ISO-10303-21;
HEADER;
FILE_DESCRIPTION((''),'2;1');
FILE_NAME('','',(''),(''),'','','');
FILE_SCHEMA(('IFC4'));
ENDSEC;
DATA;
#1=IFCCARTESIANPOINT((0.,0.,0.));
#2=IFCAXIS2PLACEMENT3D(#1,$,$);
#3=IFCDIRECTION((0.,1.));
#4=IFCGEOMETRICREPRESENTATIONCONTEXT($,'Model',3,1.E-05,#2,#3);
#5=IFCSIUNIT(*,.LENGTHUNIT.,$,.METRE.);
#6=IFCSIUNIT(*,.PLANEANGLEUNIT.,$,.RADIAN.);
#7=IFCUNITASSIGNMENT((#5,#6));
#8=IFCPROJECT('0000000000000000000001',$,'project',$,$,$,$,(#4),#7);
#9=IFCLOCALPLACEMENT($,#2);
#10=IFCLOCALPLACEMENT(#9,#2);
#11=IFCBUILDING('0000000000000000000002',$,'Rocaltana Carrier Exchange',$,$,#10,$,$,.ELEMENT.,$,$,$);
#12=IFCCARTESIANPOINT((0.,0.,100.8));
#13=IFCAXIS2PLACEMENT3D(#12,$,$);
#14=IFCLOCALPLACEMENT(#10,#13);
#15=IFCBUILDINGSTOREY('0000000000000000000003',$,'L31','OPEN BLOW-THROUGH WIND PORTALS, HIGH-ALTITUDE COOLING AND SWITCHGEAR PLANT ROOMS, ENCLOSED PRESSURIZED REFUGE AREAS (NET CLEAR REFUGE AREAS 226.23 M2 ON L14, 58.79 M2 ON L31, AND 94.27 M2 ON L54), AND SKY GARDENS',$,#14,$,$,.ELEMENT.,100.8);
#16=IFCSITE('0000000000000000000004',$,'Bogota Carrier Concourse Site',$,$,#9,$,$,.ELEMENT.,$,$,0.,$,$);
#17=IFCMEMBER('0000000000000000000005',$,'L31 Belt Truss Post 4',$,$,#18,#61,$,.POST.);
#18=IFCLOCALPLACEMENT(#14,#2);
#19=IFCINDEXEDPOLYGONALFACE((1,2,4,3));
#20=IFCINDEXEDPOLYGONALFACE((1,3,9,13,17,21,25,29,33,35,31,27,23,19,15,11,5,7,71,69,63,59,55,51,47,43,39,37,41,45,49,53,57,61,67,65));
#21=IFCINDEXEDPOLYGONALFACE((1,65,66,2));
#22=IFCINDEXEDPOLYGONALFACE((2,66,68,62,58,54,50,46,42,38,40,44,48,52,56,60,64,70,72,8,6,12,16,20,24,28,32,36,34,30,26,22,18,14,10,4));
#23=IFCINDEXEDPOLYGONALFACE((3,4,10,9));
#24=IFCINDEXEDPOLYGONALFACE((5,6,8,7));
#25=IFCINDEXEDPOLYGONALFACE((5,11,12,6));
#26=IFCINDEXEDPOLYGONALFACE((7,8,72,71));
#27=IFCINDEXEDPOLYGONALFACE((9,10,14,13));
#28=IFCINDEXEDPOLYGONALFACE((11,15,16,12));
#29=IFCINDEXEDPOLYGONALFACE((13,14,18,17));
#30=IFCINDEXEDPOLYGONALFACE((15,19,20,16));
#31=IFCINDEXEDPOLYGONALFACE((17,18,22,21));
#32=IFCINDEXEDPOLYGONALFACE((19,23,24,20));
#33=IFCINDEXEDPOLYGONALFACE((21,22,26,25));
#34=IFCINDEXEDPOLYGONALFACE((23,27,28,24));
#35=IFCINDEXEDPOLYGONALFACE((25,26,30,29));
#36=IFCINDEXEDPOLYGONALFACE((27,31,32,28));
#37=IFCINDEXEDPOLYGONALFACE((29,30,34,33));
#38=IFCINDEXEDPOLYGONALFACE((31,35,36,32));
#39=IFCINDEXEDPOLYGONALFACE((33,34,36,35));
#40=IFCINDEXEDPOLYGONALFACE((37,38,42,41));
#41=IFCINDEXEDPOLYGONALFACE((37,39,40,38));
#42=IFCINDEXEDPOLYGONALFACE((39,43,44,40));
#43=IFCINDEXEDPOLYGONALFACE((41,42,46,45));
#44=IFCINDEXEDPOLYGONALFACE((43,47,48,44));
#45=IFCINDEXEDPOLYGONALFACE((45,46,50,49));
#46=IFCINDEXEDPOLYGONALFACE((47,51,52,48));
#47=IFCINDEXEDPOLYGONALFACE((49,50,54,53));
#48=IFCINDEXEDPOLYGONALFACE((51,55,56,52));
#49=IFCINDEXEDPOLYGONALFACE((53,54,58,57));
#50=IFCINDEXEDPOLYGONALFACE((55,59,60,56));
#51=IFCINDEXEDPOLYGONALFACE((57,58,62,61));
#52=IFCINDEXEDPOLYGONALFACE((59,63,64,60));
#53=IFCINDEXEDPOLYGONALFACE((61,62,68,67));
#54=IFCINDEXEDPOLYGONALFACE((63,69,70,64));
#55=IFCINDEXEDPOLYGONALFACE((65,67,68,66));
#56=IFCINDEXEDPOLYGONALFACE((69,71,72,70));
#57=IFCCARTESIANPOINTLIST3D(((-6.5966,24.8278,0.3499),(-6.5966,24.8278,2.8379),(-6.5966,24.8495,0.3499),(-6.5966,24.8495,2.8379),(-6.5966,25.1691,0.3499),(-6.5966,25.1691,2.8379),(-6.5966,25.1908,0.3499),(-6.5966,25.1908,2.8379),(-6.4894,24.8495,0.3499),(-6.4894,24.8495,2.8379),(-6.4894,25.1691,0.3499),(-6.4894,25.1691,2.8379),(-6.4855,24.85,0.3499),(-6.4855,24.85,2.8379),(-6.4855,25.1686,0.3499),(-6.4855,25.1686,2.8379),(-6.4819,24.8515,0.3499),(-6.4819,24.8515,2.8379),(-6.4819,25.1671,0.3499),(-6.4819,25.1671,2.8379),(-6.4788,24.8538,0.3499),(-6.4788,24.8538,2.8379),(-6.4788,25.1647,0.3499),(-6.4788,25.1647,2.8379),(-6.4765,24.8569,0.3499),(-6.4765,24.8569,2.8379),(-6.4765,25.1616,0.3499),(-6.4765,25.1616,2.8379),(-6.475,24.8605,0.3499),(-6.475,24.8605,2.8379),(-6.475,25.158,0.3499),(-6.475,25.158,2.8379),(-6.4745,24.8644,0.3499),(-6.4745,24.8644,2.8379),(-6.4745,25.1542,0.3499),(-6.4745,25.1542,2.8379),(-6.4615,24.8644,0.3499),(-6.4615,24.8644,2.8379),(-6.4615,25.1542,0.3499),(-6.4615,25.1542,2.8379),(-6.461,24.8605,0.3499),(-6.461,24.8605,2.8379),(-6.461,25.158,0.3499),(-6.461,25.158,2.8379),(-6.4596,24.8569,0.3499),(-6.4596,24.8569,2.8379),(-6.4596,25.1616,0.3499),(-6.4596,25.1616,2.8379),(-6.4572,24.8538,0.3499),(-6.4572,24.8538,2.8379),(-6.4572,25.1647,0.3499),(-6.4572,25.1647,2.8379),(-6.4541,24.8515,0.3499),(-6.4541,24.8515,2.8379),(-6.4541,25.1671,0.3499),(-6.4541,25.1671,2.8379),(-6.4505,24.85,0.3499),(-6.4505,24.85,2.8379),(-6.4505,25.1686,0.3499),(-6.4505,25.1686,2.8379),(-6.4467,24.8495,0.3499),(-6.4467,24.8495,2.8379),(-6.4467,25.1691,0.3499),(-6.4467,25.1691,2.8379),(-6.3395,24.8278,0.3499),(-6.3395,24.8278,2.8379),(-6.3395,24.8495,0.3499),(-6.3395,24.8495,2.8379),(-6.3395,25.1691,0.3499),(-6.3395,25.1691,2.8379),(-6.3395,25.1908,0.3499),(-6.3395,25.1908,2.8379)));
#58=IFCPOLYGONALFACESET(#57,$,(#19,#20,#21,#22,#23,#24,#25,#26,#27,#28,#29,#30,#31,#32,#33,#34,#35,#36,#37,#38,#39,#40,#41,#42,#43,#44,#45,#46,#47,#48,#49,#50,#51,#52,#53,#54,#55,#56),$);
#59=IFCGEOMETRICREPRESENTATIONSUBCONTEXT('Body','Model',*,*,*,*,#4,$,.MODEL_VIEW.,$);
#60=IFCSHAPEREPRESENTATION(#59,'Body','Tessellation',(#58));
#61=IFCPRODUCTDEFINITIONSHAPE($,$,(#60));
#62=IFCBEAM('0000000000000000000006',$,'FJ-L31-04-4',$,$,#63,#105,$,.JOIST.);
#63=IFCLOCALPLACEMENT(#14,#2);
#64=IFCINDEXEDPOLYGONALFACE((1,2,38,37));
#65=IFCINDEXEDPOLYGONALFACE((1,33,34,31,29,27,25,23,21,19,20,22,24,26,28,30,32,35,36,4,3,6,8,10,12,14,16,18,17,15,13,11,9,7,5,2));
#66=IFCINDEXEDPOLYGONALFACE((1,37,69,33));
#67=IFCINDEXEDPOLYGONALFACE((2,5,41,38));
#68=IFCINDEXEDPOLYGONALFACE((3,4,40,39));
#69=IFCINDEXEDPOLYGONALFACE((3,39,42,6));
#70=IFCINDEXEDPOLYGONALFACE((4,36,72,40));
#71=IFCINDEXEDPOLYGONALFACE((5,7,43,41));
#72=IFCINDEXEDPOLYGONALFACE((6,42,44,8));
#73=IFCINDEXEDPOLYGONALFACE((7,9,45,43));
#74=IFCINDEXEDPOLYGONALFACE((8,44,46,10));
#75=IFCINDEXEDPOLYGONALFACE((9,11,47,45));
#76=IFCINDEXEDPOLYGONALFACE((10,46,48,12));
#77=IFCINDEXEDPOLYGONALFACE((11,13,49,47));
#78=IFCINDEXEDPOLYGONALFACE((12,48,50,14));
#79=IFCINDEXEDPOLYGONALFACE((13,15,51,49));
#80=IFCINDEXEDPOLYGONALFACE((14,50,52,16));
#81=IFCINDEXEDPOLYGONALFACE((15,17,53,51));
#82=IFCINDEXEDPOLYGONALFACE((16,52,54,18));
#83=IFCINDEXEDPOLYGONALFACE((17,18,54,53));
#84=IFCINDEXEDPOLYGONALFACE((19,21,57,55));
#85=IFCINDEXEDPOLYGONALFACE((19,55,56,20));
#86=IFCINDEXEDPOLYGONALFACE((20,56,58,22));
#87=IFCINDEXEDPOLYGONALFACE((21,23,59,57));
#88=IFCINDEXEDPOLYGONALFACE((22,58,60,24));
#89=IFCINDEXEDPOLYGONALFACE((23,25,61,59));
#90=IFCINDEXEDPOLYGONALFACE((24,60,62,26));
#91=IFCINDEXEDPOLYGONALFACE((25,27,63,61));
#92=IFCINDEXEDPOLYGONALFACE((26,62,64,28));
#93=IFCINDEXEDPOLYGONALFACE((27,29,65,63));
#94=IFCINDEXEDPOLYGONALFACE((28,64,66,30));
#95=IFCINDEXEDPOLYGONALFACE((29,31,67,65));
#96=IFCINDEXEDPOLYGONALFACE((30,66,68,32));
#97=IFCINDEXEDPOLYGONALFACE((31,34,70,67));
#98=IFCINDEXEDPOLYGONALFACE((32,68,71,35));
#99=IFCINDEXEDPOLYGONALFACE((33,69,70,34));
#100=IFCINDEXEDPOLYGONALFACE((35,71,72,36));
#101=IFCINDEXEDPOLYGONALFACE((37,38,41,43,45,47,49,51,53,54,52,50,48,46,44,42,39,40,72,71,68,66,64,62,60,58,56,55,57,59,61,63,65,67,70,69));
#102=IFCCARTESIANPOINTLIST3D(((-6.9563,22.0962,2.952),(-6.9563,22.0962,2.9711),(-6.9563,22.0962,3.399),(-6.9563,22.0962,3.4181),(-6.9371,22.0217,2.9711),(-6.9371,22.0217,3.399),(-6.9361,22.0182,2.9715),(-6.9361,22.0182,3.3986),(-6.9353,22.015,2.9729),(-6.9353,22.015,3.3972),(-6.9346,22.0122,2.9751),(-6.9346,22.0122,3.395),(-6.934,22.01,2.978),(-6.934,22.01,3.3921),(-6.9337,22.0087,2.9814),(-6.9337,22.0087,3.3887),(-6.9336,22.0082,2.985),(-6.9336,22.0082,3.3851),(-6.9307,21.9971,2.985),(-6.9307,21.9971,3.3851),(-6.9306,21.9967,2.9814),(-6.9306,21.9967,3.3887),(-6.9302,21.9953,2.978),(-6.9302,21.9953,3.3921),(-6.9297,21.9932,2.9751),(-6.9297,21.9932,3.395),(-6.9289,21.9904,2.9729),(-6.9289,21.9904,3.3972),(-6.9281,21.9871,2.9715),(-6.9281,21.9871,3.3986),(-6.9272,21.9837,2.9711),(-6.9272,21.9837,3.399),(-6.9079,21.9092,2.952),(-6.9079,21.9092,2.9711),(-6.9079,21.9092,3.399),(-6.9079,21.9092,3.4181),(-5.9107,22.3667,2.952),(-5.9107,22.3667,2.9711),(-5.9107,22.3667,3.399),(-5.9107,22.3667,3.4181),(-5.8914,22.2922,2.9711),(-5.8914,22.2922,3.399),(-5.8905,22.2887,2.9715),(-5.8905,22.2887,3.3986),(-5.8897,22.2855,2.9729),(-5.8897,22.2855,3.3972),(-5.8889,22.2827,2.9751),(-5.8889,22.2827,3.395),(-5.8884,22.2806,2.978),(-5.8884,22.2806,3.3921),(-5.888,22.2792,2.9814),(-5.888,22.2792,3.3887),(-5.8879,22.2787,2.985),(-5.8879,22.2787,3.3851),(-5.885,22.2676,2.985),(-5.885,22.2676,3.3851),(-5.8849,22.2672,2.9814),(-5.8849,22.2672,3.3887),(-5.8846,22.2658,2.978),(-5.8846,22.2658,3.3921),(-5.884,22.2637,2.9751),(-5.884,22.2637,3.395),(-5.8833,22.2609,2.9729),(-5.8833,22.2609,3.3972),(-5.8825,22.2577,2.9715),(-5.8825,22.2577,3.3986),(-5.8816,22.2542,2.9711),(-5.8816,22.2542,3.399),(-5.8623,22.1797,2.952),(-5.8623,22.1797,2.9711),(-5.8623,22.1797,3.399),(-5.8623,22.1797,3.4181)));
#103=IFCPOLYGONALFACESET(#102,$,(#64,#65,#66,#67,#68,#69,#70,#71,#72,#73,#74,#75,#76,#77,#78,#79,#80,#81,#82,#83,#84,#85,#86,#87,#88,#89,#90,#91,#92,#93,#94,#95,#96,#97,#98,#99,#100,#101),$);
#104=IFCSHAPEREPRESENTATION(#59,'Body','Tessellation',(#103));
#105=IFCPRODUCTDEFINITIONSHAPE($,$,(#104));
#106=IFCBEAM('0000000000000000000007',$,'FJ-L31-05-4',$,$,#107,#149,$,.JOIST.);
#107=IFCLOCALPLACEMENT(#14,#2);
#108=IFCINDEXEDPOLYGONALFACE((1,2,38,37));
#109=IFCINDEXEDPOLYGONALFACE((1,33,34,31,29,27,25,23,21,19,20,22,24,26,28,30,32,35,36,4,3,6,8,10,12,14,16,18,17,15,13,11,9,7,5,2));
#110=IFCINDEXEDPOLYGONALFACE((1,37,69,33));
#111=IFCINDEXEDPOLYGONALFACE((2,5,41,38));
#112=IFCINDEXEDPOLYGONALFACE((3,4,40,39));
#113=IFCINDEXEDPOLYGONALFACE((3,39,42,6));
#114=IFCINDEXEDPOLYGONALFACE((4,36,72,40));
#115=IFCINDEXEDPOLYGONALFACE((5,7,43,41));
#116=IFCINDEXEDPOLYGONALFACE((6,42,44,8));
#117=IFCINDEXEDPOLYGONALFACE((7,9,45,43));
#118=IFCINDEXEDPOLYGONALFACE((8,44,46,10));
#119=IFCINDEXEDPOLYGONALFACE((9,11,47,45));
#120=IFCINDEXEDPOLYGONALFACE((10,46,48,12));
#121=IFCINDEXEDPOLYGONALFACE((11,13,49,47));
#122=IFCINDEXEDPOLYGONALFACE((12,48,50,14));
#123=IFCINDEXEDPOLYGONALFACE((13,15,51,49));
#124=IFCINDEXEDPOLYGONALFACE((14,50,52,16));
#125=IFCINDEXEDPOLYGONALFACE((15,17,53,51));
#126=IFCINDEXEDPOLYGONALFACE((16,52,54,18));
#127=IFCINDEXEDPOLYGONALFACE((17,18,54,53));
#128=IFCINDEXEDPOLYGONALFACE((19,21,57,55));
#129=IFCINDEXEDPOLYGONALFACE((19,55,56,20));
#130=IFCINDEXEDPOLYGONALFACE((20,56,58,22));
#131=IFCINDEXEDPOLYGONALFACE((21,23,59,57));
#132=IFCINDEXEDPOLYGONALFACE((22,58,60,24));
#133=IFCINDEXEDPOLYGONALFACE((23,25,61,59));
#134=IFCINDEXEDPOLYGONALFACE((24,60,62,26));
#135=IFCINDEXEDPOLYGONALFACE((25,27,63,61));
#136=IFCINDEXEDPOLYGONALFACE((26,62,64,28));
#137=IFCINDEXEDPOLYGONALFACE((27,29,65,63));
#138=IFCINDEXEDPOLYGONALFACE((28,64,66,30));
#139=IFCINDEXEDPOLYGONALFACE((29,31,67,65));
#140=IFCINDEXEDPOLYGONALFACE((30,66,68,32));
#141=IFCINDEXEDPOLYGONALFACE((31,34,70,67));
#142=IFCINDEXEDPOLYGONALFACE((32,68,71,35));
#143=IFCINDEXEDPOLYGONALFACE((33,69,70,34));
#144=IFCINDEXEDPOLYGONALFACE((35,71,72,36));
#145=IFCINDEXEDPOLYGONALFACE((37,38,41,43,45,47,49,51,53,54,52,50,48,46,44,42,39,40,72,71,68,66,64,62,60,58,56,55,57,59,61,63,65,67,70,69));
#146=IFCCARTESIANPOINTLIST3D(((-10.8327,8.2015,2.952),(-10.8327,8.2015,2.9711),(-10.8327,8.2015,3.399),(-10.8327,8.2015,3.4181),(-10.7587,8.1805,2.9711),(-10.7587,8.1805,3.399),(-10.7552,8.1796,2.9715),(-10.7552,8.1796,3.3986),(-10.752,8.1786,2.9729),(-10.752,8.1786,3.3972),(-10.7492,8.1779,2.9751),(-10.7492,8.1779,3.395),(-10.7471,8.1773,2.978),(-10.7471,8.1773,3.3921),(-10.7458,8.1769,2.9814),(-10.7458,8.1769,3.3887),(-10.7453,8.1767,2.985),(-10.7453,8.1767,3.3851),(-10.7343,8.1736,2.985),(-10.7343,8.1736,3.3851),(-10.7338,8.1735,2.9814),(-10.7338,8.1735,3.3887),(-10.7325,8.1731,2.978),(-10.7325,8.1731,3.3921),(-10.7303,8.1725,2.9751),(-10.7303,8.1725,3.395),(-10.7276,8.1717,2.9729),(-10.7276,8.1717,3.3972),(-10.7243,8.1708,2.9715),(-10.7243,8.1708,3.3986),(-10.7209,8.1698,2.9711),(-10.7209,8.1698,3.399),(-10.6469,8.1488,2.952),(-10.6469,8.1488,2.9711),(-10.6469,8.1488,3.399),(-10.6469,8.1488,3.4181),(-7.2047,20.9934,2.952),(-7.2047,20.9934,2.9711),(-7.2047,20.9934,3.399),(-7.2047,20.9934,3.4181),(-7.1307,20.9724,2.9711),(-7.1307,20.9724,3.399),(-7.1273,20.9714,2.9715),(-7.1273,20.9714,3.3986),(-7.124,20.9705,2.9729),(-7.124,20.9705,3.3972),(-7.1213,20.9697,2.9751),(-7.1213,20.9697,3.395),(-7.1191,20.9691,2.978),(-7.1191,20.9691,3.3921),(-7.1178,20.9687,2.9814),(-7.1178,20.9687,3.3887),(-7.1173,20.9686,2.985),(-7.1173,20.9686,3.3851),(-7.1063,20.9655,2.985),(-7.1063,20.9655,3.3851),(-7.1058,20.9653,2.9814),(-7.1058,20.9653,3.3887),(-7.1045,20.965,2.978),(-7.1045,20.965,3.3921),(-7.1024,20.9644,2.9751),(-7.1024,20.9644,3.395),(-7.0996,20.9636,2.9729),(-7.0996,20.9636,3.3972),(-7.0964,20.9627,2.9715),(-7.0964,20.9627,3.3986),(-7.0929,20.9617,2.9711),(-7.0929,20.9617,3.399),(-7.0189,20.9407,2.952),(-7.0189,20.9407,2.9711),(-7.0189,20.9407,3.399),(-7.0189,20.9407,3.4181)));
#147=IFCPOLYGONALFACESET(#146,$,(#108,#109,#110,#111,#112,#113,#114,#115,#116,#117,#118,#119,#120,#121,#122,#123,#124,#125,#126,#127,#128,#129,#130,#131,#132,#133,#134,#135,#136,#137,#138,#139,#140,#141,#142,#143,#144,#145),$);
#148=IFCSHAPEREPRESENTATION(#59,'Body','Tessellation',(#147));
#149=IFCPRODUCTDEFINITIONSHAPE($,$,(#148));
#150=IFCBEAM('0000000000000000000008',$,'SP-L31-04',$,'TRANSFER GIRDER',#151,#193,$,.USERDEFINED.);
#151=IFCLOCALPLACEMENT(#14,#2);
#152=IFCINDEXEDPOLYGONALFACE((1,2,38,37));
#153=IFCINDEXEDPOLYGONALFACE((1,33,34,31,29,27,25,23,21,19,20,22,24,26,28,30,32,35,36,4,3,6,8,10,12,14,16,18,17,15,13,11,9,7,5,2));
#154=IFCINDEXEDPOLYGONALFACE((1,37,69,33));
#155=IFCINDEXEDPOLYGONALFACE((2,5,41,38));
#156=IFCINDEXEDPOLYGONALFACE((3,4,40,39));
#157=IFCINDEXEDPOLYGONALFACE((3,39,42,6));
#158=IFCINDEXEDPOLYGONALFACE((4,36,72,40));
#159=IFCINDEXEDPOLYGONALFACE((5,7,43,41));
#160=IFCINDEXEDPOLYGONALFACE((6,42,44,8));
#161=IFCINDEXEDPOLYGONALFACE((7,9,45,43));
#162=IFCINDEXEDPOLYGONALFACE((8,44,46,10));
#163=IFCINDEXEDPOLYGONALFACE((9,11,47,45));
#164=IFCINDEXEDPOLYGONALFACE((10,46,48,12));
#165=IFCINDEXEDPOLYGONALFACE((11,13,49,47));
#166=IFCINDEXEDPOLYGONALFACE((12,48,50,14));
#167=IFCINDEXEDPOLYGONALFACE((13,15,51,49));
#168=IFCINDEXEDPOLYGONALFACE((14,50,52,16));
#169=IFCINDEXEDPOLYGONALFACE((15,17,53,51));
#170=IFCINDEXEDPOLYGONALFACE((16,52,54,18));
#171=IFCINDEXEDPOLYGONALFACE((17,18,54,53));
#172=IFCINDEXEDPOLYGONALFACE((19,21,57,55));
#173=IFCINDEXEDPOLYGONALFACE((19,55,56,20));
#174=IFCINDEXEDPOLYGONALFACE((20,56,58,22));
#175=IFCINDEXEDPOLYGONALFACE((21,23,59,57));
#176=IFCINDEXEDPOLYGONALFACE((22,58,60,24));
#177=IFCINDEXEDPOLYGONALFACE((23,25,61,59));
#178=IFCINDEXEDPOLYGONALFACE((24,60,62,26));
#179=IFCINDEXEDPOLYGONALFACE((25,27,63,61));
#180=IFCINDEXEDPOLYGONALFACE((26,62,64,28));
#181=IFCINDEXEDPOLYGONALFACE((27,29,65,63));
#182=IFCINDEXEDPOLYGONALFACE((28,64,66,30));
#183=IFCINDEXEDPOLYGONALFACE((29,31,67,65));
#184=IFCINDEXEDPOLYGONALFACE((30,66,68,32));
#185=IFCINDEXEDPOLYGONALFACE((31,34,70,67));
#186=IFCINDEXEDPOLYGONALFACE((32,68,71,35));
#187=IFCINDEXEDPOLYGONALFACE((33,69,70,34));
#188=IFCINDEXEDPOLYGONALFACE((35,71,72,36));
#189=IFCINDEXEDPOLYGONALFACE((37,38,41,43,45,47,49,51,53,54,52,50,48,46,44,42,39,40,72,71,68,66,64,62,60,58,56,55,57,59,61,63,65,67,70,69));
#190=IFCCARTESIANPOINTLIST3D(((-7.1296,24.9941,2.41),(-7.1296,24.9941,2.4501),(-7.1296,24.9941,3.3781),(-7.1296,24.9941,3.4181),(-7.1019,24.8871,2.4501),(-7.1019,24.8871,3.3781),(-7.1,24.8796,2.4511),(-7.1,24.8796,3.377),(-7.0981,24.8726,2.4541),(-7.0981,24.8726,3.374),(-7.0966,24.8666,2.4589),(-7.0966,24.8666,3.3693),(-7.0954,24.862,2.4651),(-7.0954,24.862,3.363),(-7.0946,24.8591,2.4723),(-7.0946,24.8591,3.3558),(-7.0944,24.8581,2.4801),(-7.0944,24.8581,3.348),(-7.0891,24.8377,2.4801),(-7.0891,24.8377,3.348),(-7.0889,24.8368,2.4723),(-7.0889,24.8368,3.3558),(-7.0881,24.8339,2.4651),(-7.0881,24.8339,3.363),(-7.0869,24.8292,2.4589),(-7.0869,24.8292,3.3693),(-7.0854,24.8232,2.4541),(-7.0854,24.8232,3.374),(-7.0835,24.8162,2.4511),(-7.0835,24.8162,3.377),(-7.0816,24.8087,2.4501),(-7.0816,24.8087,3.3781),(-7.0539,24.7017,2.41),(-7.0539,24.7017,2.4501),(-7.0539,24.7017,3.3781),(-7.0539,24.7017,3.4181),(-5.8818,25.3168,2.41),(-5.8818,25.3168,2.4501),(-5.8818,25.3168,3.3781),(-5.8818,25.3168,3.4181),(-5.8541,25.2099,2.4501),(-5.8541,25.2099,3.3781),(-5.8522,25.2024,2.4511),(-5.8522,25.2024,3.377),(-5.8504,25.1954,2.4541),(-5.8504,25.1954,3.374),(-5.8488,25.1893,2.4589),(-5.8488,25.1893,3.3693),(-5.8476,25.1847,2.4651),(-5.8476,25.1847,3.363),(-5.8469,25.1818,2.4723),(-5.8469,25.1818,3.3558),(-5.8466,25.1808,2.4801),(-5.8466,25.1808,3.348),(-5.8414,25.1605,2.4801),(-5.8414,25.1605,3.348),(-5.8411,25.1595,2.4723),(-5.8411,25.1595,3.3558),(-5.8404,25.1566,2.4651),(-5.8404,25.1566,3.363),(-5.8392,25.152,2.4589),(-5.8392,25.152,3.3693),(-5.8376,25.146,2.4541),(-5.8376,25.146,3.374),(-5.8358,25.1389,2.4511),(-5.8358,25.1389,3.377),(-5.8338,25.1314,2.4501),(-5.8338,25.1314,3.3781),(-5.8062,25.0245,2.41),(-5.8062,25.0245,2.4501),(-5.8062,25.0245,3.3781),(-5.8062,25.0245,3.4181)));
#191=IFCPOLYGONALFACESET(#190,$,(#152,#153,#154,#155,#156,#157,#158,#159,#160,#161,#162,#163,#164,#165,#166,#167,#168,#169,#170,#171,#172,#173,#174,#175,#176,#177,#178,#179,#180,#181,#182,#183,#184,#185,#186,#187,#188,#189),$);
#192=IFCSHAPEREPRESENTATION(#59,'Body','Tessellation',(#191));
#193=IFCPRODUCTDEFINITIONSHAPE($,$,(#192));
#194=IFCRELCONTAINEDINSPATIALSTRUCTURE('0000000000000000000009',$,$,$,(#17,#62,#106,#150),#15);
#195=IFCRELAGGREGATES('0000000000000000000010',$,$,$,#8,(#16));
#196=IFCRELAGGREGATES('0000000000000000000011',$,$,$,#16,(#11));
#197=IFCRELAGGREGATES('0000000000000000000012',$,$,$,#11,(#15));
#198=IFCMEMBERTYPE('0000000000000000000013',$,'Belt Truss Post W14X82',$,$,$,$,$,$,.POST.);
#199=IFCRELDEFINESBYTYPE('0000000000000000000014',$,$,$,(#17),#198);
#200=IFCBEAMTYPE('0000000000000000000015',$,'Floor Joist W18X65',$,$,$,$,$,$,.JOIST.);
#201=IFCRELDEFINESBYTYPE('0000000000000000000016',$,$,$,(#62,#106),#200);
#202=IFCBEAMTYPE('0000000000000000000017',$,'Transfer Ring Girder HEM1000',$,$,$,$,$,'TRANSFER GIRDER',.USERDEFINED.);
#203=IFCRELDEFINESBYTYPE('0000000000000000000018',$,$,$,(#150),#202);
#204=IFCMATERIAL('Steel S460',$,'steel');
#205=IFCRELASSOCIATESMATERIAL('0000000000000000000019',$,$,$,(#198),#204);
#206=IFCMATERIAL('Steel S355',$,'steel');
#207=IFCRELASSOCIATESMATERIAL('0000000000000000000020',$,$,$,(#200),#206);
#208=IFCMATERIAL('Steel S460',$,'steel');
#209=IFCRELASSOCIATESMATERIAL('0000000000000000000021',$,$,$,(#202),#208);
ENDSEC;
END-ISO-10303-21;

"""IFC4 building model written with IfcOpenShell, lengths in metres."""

from ifc_helpers import new_model, si_unit, direction, frame, origin, origin_2d, place, context, subcontext, project, spatial, i_section, extrude, material, material_profile, profile_set, type_object, element, save


model = new_model("IFC4")

# Units and contexts
model_context = context("Model", 3, precision=1e-05, world=origin(), true_north=direction((0.0, 1.0)))
body_context = subcontext(model_context, "Body", "Model", "MODEL_VIEW")
ifc_project = project(units=[si_unit("LENGTHUNIT", "METRE"), si_unit("PLANEANGLEUNIT", "RADIAN")], contexts=[model_context])

# Site, building, storey
site_placement = place(None, origin())
site = spatial("IfcSite", under=ifc_project, at=site_placement, Name="Bogota Carrier Concourse Site", CompositionType="ELEMENT", RefElevation=0.0)
building_placement = place(site_placement, origin())
building = spatial("IfcBuilding", under=site, at=building_placement, Name="Rocaltana Carrier Exchange", CompositionType="ELEMENT")
storey_placement = place(building_placement, frame((0.0, 0.0, 100.8)))
storey = spatial("IfcBuildingStorey", under=building, at=storey_placement, Name="L31", Description="OPEN BLOW-THROUGH WIND PORTALS, HIGH-ALTITUDE COOLING AND SWITCHGEAR PLANT ROOMS, ENCLOSED PRESSURIZED REFUGE AREAS (NET CLEAR REFUGE AREAS 226.23 M2 ON L14, 58.79 M2 ON L31, AND 94.27 M2 ON L54), AND SKY GARDENS", CompositionType="ELEMENT", Elevation=100.8)

# Member
ifc_material_1 = material(Name="Steel S460", Category="steel")
ifc_material_profile_1 = material_profile(ifc_material_1, i_section(OverallWidth=0.2571, OverallDepth=0.363, WebThickness=0.0129, FlangeThickness=0.0217, FilletRadius=0.0149, at=origin_2d()), Name="W14X82")
ifc_profile_set_1 = profile_set([ifc_material_profile_1], Name="Steel S460")
member_type_1 = type_object("IfcMemberType", Name="Belt Truss Post W14X82", PredefinedType="POST", material=ifc_profile_set_1)
member_1_placement = place(storey_placement, frame((-6.468, 25.0093, 0.3499), z_axis=(0.0, 0.0, 1.0), x_axis=(1.0, 0.0, 0.0)))
element("IfcMember", 1, at=member_1_placement, inside=storey, type_object=member_type_1, Name="L31 Belt Truss Post 4", PredefinedType="POST", context=body_context, shape_type="SweptSolid", body=[
    extrude(i_section(OverallWidth=0.2571, OverallDepth=0.363, WebThickness=0.0129, FlangeThickness=0.0217, FilletRadius=0.0149, at=origin_2d()), origin(), (0.0, 0.0, 1.0), 2.488),
])

# Beams
ifc_material_2 = material(Name="Steel S355", Category="steel")
ifc_material_profile_2 = material_profile(ifc_material_2, i_section(OverallWidth=0.1931, OverallDepth=0.4661, WebThickness=0.0115, FlangeThickness=0.019, FilletRadius=0.0139, at=origin_2d()), Name="W18X65")
ifc_profile_set_2 = profile_set([ifc_material_profile_2], Name="Steel S355")
beam_type_1 = type_object("IfcBeamType", Name="Floor Joist W18X65", PredefinedType="JOIST", material=ifc_profile_set_2)
beam_1_placement = place(storey_placement, frame((-5.8865, 22.2732, 3.1851), z_axis=(-0.968129, -0.250452, 0.0), x_axis=(0.250452, -0.968129, 0.0)))
element("IfcBeam", 2, at=beam_1_placement, inside=storey, type_object=beam_type_1, Name="FJ-L31-04-4", PredefinedType="JOIST", context=body_context, shape_type="SweptSolid", body=[
    extrude(i_section(OverallWidth=0.1931, OverallDepth=0.4661, WebThickness=0.0115, FlangeThickness=0.019, FilletRadius=0.0139, at=origin_2d()), origin(), (0.0, 0.0, 1.0), 1.0801),
])
beam_2_placement = place(storey_placement, frame((-7.1118, 20.967, 3.1851), z_axis=(-0.272853, -0.962056, 0.0), x_axis=(0.962056, -0.272853, 0.0)))
element("IfcBeam", 3, at=beam_2_placement, inside=storey, type_object=beam_type_1, Name="FJ-L31-05-4", PredefinedType="JOIST", context=body_context, shape_type="SweptSolid", body=[
    extrude(i_section(OverallWidth=0.1931, OverallDepth=0.4661, WebThickness=0.0115, FlangeThickness=0.019, FilletRadius=0.0139, at=origin_2d()), origin(), (0.0, 0.0, 1.0), 13.2964),
])
ifc_material_3 = material(Name="Steel S460", Category="steel")
ifc_material_profile_3 = material_profile(ifc_material_3, i_section(OverallWidth=0.302, OverallDepth=1.0081, WebThickness=0.021, FlangeThickness=0.04, FilletRadius=0.03, at=origin_2d()), Name="HEM1000")
ifc_profile_set_3 = profile_set([ifc_material_profile_3], Name="Steel S460")
beam_type_2 = type_object("IfcBeamType", Name="Transfer Ring Girder HEM1000", ElementType="TRANSFER GIRDER", PredefinedType="USERDEFINED", material=ifc_profile_set_3)
beam_3_placement = place(storey_placement, frame((-5.844, 25.1707, 2.9141), z_axis=(-0.968138, -0.250416, 0.0), x_axis=(0.250416, -0.968138, 0.0)))
element("IfcBeam", 4, at=beam_3_placement, inside=storey, type_object=beam_type_2, Name="SP-L31-04", ObjectType="TRANSFER GIRDER", PredefinedType="USERDEFINED", context=body_context, shape_type="SweptSolid", body=[
    extrude(i_section(OverallWidth=0.302, OverallDepth=1.0081, WebThickness=0.021, FlangeThickness=0.04, FilletRadius=0.03, at=origin_2d()), origin(), (0.0, 0.0, 1.0), 1.2888),
])

save(model, "model.ifc")
